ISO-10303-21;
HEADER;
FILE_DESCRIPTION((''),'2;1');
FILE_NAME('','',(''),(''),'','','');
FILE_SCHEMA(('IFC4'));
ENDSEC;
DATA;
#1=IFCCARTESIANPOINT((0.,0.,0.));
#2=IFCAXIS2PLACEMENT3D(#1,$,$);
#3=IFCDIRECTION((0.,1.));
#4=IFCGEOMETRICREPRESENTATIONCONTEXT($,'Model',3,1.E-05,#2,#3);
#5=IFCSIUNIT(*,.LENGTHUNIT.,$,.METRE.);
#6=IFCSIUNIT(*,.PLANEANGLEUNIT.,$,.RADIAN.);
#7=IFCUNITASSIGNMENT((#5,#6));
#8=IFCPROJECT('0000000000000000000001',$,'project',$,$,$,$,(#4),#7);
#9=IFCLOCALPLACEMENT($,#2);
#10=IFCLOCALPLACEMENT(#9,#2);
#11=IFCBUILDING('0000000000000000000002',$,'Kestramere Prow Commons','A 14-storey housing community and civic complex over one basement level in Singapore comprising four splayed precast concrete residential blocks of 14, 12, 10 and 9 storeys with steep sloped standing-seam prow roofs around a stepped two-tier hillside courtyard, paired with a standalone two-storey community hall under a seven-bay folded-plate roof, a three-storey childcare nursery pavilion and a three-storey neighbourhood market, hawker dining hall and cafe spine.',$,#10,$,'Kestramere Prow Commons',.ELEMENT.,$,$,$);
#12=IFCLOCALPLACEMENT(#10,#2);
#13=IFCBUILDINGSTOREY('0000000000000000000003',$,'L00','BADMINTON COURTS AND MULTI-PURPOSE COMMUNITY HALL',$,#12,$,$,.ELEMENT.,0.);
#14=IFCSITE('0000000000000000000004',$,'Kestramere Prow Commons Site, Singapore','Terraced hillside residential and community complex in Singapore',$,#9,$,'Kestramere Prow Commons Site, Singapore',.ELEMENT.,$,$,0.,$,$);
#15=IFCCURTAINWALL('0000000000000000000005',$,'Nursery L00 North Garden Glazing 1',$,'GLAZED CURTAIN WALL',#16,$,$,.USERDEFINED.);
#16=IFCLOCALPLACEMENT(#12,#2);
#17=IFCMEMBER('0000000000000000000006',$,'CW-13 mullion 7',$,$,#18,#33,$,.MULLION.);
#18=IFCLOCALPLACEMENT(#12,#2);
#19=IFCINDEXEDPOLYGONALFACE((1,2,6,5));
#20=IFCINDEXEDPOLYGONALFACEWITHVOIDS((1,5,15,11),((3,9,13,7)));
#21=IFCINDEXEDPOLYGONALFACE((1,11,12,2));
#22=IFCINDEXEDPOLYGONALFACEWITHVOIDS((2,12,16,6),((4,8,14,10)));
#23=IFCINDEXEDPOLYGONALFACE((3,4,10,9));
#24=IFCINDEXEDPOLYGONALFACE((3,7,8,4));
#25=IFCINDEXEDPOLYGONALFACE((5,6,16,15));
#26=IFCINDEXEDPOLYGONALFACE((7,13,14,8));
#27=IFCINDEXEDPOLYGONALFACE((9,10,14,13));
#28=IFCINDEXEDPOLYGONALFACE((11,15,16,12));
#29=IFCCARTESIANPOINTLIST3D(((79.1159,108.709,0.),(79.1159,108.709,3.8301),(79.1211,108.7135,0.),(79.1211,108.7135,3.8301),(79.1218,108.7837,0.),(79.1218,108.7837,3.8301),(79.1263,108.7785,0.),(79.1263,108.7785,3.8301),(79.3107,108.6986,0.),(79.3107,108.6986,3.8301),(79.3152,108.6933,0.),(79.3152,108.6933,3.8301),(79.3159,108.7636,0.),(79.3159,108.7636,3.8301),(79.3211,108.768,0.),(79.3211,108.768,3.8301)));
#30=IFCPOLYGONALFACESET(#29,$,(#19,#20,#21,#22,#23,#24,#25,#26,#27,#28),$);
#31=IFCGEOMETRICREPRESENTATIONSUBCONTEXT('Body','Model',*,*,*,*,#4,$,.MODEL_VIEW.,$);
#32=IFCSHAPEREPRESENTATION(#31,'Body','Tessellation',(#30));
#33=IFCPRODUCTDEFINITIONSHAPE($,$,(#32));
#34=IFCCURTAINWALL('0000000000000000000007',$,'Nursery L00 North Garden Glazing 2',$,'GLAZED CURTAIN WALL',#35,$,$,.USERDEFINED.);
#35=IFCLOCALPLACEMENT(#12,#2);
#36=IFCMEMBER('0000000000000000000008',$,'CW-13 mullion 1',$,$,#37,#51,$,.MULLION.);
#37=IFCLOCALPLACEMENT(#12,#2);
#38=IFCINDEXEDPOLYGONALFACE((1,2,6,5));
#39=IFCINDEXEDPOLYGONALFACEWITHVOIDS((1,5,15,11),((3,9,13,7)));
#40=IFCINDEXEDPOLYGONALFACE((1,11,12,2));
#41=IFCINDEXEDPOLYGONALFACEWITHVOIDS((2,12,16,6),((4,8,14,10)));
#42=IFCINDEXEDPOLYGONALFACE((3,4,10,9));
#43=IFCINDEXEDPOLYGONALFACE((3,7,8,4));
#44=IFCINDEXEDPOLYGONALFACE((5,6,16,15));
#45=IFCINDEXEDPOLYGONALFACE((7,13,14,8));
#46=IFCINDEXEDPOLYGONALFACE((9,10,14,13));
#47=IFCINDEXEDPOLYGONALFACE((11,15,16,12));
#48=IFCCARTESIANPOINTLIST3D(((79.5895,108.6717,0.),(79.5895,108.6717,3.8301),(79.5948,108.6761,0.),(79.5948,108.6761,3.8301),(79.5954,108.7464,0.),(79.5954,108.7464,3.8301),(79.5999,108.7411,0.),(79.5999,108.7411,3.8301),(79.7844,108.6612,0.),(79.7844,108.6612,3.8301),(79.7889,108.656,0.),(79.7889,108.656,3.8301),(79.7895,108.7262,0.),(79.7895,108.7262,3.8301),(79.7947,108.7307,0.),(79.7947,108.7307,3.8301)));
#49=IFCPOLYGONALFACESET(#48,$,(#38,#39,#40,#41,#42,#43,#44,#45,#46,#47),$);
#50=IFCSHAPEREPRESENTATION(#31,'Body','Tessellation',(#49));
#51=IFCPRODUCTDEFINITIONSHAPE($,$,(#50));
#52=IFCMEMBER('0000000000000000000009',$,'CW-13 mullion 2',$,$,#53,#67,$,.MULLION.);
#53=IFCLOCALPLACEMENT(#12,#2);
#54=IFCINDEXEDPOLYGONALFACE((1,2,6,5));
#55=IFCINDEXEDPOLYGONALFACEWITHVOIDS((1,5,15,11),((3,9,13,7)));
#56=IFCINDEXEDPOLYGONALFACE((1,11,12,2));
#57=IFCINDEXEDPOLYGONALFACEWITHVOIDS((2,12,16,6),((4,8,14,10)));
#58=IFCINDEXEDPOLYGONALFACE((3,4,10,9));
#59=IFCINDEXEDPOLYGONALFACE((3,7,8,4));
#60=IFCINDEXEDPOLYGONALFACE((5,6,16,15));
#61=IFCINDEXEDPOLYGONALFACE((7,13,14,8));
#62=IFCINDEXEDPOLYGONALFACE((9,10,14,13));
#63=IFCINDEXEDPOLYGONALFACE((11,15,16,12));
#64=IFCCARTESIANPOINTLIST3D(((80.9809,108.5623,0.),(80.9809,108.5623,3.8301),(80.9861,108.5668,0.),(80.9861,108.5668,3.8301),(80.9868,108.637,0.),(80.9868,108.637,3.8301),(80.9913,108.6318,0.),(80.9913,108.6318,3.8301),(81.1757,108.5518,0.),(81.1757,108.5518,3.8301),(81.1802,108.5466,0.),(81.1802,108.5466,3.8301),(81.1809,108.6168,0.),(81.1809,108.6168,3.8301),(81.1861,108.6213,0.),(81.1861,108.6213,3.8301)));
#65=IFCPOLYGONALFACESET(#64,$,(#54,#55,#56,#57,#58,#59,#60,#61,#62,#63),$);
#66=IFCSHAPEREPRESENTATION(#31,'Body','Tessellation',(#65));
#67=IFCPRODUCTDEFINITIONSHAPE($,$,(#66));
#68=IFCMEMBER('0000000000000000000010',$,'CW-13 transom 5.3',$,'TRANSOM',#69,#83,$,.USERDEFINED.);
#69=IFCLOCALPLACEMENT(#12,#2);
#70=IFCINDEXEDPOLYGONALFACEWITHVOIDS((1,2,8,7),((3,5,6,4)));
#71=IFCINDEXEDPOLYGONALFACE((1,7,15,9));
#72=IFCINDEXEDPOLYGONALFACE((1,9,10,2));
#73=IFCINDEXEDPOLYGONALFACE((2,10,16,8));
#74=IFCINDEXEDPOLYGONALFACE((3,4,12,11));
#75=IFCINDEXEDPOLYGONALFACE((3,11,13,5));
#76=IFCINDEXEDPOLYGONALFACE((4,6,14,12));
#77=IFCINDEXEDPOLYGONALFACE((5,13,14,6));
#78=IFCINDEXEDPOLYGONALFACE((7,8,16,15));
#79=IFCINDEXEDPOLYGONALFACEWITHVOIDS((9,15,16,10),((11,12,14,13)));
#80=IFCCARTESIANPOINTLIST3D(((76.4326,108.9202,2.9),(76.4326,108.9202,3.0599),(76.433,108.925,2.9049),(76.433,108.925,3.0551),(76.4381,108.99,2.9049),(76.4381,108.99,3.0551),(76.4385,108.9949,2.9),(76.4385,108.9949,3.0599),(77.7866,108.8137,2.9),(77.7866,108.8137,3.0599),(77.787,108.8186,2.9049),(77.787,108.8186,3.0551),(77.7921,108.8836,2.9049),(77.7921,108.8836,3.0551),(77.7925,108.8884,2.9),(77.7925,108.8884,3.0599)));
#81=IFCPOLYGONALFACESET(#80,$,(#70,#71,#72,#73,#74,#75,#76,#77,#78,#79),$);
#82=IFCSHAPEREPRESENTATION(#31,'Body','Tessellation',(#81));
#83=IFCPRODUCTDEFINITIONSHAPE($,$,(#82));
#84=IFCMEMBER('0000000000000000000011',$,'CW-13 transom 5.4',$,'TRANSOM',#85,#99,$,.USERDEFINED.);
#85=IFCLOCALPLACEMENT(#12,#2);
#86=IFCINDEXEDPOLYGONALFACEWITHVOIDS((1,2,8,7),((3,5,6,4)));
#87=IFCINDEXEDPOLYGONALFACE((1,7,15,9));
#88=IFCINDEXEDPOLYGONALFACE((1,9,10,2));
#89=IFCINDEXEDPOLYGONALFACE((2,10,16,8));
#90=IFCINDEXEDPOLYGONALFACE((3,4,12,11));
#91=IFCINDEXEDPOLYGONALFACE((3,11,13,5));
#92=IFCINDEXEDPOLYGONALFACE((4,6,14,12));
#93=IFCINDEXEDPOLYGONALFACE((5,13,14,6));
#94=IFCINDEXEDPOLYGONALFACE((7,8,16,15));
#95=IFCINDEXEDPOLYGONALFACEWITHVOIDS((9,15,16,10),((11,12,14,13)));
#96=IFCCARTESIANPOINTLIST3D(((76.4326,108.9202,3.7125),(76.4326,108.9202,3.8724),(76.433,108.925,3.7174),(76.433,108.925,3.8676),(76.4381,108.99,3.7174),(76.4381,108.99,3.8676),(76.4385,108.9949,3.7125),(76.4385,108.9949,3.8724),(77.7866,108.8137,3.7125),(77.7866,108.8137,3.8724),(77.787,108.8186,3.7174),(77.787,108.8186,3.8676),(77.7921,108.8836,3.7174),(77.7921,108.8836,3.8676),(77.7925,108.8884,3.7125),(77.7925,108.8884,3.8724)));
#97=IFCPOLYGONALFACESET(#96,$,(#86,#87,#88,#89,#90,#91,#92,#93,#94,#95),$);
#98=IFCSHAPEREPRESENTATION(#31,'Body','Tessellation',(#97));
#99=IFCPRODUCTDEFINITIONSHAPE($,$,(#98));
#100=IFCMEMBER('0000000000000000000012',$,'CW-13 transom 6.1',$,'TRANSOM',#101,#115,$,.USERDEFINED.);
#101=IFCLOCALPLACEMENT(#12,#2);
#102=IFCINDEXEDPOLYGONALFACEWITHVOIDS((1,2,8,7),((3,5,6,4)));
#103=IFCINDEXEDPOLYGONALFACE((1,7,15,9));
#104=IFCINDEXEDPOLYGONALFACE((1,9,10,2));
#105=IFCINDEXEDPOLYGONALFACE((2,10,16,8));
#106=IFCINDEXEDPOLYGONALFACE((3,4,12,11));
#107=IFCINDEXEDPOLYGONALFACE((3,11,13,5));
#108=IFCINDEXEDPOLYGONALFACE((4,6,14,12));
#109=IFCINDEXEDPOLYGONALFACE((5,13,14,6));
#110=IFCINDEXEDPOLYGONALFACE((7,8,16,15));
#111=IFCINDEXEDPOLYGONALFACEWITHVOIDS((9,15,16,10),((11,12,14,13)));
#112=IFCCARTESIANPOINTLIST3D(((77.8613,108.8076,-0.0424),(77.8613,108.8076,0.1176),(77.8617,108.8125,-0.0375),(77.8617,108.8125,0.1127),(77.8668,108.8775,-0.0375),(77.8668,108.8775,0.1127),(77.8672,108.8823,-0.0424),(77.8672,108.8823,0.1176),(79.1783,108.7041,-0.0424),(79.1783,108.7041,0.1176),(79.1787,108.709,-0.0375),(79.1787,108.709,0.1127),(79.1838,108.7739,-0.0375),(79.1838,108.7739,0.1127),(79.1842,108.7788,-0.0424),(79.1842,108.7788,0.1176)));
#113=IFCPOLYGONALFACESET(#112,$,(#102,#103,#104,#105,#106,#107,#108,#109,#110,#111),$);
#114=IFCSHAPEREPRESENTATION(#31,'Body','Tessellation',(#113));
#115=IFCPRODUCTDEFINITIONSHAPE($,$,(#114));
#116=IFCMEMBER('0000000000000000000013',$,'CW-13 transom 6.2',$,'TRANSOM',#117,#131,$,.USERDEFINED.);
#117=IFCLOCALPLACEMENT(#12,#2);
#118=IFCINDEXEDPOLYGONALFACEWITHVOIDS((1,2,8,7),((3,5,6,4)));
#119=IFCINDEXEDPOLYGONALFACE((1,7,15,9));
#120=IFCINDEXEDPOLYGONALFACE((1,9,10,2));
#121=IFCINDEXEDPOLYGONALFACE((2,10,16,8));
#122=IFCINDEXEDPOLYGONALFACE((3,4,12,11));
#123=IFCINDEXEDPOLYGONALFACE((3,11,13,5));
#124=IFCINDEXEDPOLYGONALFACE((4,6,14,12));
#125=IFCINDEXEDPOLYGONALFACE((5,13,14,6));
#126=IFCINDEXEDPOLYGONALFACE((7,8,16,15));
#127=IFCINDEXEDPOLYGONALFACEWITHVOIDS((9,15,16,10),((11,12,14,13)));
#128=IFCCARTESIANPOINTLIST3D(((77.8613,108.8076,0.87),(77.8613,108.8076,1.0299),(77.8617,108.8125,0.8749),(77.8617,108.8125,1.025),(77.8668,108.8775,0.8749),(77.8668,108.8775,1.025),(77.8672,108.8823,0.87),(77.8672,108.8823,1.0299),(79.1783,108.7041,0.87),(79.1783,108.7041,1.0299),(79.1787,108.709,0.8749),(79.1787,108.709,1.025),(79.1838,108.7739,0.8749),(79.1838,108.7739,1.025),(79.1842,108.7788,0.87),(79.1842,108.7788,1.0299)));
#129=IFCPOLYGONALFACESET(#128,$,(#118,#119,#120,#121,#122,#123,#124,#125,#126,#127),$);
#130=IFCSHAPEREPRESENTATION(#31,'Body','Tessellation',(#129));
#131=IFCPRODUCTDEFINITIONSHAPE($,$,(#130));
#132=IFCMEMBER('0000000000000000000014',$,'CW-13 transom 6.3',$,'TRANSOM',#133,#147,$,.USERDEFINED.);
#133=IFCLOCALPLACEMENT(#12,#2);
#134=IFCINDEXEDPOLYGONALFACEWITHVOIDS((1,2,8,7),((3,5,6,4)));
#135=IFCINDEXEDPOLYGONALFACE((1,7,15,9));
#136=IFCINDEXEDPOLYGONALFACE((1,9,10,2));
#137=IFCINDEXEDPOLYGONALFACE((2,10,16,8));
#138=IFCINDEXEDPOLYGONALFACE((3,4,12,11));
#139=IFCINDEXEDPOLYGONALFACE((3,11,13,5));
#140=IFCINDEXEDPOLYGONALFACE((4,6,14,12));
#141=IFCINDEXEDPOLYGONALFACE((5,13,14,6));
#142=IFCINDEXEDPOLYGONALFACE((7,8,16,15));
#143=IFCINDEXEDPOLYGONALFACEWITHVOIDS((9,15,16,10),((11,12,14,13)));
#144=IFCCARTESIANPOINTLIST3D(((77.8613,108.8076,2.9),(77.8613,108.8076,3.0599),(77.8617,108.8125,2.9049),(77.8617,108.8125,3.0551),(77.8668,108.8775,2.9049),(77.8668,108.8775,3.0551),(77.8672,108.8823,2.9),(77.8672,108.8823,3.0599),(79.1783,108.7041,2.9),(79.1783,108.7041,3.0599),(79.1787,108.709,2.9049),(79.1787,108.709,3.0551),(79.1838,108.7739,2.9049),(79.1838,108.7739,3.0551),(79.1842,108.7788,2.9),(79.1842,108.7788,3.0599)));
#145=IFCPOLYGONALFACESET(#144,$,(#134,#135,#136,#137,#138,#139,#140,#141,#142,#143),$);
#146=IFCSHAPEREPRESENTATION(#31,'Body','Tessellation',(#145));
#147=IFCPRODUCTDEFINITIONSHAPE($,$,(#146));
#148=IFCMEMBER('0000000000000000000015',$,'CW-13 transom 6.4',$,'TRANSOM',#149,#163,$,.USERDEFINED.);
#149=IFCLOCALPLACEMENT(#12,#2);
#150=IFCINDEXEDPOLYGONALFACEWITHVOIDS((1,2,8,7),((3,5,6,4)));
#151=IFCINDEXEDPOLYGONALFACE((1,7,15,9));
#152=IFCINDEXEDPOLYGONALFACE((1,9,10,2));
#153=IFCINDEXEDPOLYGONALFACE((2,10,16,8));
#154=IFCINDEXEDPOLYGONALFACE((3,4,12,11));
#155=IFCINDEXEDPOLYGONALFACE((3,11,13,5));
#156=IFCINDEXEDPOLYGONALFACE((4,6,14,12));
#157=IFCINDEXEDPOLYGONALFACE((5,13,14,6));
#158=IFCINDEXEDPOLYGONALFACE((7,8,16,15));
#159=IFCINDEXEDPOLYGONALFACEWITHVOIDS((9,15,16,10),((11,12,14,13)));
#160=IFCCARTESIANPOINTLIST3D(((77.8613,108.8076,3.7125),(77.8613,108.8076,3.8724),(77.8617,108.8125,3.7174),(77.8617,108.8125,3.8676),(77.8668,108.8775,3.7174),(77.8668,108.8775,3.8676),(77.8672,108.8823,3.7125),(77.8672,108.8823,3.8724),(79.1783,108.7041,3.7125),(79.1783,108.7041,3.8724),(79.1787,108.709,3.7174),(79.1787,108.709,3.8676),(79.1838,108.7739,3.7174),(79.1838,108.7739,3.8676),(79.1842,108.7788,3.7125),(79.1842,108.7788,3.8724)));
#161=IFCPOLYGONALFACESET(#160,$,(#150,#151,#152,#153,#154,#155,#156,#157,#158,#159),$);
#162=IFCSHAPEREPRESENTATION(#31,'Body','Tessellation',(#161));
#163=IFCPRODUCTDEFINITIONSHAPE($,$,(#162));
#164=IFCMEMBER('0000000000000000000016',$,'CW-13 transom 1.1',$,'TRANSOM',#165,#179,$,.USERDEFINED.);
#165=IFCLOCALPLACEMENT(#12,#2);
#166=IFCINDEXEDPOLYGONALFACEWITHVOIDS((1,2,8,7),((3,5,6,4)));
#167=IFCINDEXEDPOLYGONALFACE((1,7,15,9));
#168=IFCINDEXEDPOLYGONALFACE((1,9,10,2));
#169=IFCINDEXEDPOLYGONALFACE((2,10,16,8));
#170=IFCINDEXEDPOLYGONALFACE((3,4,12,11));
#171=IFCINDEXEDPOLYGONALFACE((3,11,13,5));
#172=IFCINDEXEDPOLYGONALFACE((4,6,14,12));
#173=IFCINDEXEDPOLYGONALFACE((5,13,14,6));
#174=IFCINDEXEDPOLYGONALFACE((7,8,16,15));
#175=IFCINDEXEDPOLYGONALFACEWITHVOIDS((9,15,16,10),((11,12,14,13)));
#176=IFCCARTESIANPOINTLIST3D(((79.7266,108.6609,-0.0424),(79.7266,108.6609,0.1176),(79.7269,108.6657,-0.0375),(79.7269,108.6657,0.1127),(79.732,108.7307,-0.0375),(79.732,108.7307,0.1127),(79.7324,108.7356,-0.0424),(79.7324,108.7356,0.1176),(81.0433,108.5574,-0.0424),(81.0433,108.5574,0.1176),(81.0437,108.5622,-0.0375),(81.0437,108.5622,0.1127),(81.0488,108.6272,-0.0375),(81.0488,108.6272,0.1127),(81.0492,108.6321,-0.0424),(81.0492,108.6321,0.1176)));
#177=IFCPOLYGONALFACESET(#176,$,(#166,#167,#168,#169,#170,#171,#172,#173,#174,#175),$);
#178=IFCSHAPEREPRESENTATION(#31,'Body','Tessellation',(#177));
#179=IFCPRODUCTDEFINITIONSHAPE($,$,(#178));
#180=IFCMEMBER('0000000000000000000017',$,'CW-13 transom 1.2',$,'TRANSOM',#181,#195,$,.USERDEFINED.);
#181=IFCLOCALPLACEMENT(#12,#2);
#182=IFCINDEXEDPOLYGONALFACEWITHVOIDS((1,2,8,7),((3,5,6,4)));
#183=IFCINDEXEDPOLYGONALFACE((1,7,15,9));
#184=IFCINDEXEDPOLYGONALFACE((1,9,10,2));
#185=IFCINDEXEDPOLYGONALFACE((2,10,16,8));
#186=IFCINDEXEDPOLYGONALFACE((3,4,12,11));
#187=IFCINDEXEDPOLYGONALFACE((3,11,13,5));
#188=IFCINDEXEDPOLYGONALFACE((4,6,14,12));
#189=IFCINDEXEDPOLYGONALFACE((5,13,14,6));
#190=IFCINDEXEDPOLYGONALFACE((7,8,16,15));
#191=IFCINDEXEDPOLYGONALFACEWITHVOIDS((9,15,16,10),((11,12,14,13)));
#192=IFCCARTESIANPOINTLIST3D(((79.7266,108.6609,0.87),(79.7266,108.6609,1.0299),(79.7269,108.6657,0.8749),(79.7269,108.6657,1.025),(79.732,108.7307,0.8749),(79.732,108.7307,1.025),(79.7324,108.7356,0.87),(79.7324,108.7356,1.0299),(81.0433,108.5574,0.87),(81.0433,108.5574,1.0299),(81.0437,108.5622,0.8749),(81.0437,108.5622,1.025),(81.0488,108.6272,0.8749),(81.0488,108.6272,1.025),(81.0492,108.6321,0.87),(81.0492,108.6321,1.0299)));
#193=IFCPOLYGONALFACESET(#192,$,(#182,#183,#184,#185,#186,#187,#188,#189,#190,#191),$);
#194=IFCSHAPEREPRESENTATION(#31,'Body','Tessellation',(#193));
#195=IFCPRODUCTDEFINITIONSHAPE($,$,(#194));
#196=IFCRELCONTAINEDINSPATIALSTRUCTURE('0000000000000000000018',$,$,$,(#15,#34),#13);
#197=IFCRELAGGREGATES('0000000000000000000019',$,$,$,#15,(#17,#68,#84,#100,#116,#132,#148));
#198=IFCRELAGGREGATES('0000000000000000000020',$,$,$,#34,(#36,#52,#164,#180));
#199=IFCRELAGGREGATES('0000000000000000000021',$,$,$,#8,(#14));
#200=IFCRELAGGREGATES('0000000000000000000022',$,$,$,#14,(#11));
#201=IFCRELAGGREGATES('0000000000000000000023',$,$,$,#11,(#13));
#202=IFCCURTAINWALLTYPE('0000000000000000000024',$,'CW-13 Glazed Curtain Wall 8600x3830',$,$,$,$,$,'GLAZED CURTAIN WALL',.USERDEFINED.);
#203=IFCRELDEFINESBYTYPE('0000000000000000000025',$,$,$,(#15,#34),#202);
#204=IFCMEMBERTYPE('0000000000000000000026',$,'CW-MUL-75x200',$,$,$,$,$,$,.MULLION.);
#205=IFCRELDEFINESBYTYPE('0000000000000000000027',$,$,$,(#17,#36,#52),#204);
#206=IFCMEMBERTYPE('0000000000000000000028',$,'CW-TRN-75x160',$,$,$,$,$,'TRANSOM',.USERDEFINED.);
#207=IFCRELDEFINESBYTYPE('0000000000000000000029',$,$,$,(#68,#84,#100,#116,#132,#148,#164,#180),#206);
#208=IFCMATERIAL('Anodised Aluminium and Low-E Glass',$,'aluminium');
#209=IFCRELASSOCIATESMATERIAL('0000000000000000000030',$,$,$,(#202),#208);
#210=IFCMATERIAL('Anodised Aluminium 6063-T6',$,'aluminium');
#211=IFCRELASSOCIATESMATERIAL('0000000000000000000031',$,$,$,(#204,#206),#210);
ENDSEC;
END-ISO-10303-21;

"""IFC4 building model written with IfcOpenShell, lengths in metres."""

from ifc_helpers import new_model, si_unit, direction, frame, origin, origin_2d, place, context, subcontext, project, spatial, hollow_rectangle, extrude, material, material_profile, profile_set, type_object, element, aggregate, save


model = new_model("IFC4")

# Units and contexts
model_context = context("Model", 3, precision=1e-05, world=origin(), true_north=direction((0.0, 1.0)))
body_context = subcontext(model_context, "Body", "Model", "MODEL_VIEW")
ifc_project = project(units=[si_unit("LENGTHUNIT", "METRE"), si_unit("PLANEANGLEUNIT", "RADIAN")], contexts=[model_context])

# Site, building, storey
site_placement = place(None, origin())
site = spatial("IfcSite", under=ifc_project, at=site_placement, Name="Kestramere Prow Commons Site, Singapore", Description="Terraced hillside residential and community complex in Singapore", LongName="Kestramere Prow Commons Site, Singapore", CompositionType="ELEMENT", RefElevation=0.0)
building_placement = place(site_placement, origin())
building = spatial("IfcBuilding", under=site, at=building_placement, Name="Kestramere Prow Commons", Description="A 14-storey housing community and civic complex over one basement level in Singapore comprising four splayed precast concrete residential blocks of 14, 12, 10 and 9 storeys with steep sloped standing-seam prow roofs around a stepped two-tier hillside courtyard, paired with a standalone two-storey community hall under a seven-bay folded-plate roof, a three-storey childcare nursery pavilion and a three-storey neighbourhood market, hawker dining hall and cafe spine.", LongName="Kestramere Prow Commons", CompositionType="ELEMENT")
storey_placement = place(building_placement, origin())
storey = spatial("IfcBuildingStorey", under=building, at=storey_placement, Name="L00", Description="BADMINTON COURTS AND MULTI-PURPOSE COMMUNITY HALL", CompositionType="ELEMENT", Elevation=0.0)

# Curtain walls, members
ifc_material_1 = material(Name="Anodised Aluminium and Low-E Glass", Category="aluminium")
curtain_wall_type = type_object("IfcCurtainWallType", Name="CW-13 Glazed Curtain Wall 8600x3830", ElementType="GLAZED CURTAIN WALL", PredefinedType="USERDEFINED", material=ifc_material_1)
curtain_wall_1_placement = place(storey_placement, origin())
curtain_wall_1 = element("IfcCurtainWall", 1, at=curtain_wall_1_placement, inside=storey, type_object=curtain_wall_type, Name="Nursery L00 North Garden Glazing 1", ObjectType="GLAZED CURTAIN WALL", PredefinedType="USERDEFINED")
ifc_material_2 = material(Name="Anodised Aluminium 6063-T6", Category="aluminium")
ifc_material_profile_1 = material_profile(ifc_material_2, hollow_rectangle(XDim=0.075, YDim=0.2, WallThickness=0.0049, at=origin_2d()), Name="ALU-MUL 75x200")
ifc_profile_set_1 = profile_set([ifc_material_profile_1], Name="Anodised Aluminium 6063-T6")
member_type_1 = type_object("IfcMemberType", Name="CW-MUL-75x200", PredefinedType="MULLION", material=ifc_profile_set_1)
member_1_placement = place(storey_placement, frame((79.2185, 108.7385, 0.0), z_axis=(0.0, 0.0, 1.0), x_axis=(0.078459, 0.996917, 0.0)))
member_1 = element("IfcMember", 2, at=member_1_placement, type_object=member_type_1, Name="CW-13 mullion 7", PredefinedType="MULLION", context=body_context, shape_type="SweptSolid", body=[
    extrude(hollow_rectangle(XDim=0.075, YDim=0.2, WallThickness=0.0049, at=origin_2d()), origin(), (0.0, 0.0, 1.0), 3.8301),
])
curtain_wall_2_placement = place(storey_placement, origin())
curtain_wall_2 = element("IfcCurtainWall", 3, at=curtain_wall_2_placement, inside=storey, type_object=curtain_wall_type, Name="Nursery L00 North Garden Glazing 2", ObjectType="GLAZED CURTAIN WALL", PredefinedType="USERDEFINED")
member_2_placement = place(storey_placement, frame((79.6921, 108.7012, 0.0), z_axis=(0.0, 0.0, 1.0), x_axis=(0.078459, 0.996917, 0.0)))
member_2 = element("IfcMember", 4, at=member_2_placement, type_object=member_type_1, Name="CW-13 mullion 1", PredefinedType="MULLION", context=body_context, shape_type="SweptSolid", body=[
    extrude(hollow_rectangle(XDim=0.075, YDim=0.2, WallThickness=0.0049, at=origin_2d()), origin(), (0.0, 0.0, 1.0), 3.8301),
])
member_3_placement = place(storey_placement, frame((81.0835, 108.5918, 0.0), z_axis=(0.0, 0.0, 1.0), x_axis=(0.078459, 0.996917, 0.0)))
member_3 = element("IfcMember", 5, at=member_3_placement, type_object=member_type_1, Name="CW-13 mullion 2", PredefinedType="MULLION", context=body_context, shape_type="SweptSolid", body=[
    extrude(hollow_rectangle(XDim=0.075, YDim=0.2, WallThickness=0.0049, at=origin_2d()), origin(), (0.0, 0.0, 1.0), 3.8301),
])

# Members
ifc_material_profile_2 = material_profile(ifc_material_2, hollow_rectangle(XDim=0.075, YDim=0.1599, WallThickness=0.0049, at=origin_2d()), Name="ALU-TRN 75x160")
ifc_profile_set_2 = profile_set([ifc_material_profile_2], Name="Anodised Aluminium 6063-T6")
member_type_2 = type_object("IfcMemberType", Name="CW-TRN-75x160", ElementType="TRANSOM", PredefinedType="USERDEFINED", material=ifc_profile_set_2)
member_4_placement = place(storey_placement, frame((76.4355, 108.9575, 2.98), z_axis=(0.996924, -0.078373, 0.0), x_axis=(0.078373, 0.996924, 0.0)))
member_4 = element("IfcMember", 6, at=member_4_placement, type_object=member_type_2, Name="CW-13 transom 5.3", ObjectType="TRANSOM", PredefinedType="USERDEFINED", context=body_context, shape_type="SweptSolid", body=[
    extrude(hollow_rectangle(XDim=0.075, YDim=0.1599, WallThickness=0.0049, at=origin_2d()), origin(), (0.0, 0.0, 1.0), 1.3582),
])
member_5_placement = place(storey_placement, frame((76.4355, 108.9575, 3.7925), z_axis=(0.996924, -0.078373, 0.0), x_axis=(0.078373, 0.996924, 0.0)))
member_5 = element("IfcMember", 7, at=member_5_placement, type_object=member_type_2, Name="CW-13 transom 5.4", ObjectType="TRANSOM", PredefinedType="USERDEFINED", context=body_context, shape_type="SweptSolid", body=[
    extrude(hollow_rectangle(XDim=0.075, YDim=0.1599, WallThickness=0.0049, at=origin_2d()), origin(), (0.0, 0.0, 1.0), 1.3582),
])
member_6_placement = place(storey_placement, frame((77.8643, 108.845, 0.0376), z_axis=(0.996925, -0.078364, 0.0), x_axis=(0.078364, 0.996925, 0.0)))
member_6 = element("IfcMember", 8, at=member_6_placement, type_object=member_type_2, Name="CW-13 transom 6.1", ObjectType="TRANSOM", PredefinedType="USERDEFINED", context=body_context, shape_type="SweptSolid", body=[
    extrude(hollow_rectangle(XDim=0.075, YDim=0.1599, WallThickness=0.0049, at=origin_2d()), origin(), (0.0, 0.0, 1.0), 1.321),
])
member_7_placement = place(storey_placement, frame((77.8643, 108.845, 0.95), z_axis=(0.996925, -0.078364, 0.0), x_axis=(0.078364, 0.996925, 0.0)))
member_7 = element("IfcMember", 9, at=member_7_placement, type_object=member_type_2, Name="CW-13 transom 6.2", ObjectType="TRANSOM", PredefinedType="USERDEFINED", context=body_context, shape_type="SweptSolid", body=[
    extrude(hollow_rectangle(XDim=0.075, YDim=0.1599, WallThickness=0.0049, at=origin_2d()), origin(), (0.0, 0.0, 1.0), 1.321),
])
member_8_placement = place(storey_placement, frame((77.8643, 108.845, 2.98), z_axis=(0.996925, -0.078364, 0.0), x_axis=(0.078364, 0.996925, 0.0)))
member_8 = element("IfcMember", 10, at=member_8_placement, type_object=member_type_2, Name="CW-13 transom 6.3", ObjectType="TRANSOM", PredefinedType="USERDEFINED", context=body_context, shape_type="SweptSolid", body=[
    extrude(hollow_rectangle(XDim=0.075, YDim=0.1599, WallThickness=0.0049, at=origin_2d()), origin(), (0.0, 0.0, 1.0), 1.321),
])
member_9_placement = place(storey_placement, frame((77.8643, 108.845, 3.7925), z_axis=(0.996925, -0.078364, 0.0), x_axis=(0.078364, 0.996925, 0.0)))
member_9 = element("IfcMember", 11, at=member_9_placement, type_object=member_type_2, Name="CW-13 transom 6.4", ObjectType="TRANSOM", PredefinedType="USERDEFINED", context=body_context, shape_type="SweptSolid", body=[
    extrude(hollow_rectangle(XDim=0.075, YDim=0.1599, WallThickness=0.0049, at=origin_2d()), origin(), (0.0, 0.0, 1.0), 1.321),
])
member_10_placement = place(storey_placement, frame((79.7295, 108.6982, 0.0376), z_axis=(0.996924, -0.078379, 0.0), x_axis=(0.078379, 0.996924, 0.0)))
member_10 = element("IfcMember", 12, at=member_10_placement, type_object=member_type_2, Name="CW-13 transom 1.1", ObjectType="TRANSOM", PredefinedType="USERDEFINED", context=body_context, shape_type="SweptSolid", body=[
    extrude(hollow_rectangle(XDim=0.075, YDim=0.1599, WallThickness=0.0049, at=origin_2d()), origin(), (0.0, 0.0, 1.0), 1.3208),
])
member_11_placement = place(storey_placement, frame((79.7295, 108.6982, 0.95), z_axis=(0.996924, -0.078379, 0.0), x_axis=(0.078379, 0.996924, 0.0)))
member_11 = element("IfcMember", 13, at=member_11_placement, type_object=member_type_2, Name="CW-13 transom 1.2", ObjectType="TRANSOM", PredefinedType="USERDEFINED", context=body_context, shape_type="SweptSolid", body=[
    extrude(hollow_rectangle(XDim=0.075, YDim=0.1599, WallThickness=0.0049, at=origin_2d()), origin(), (0.0, 0.0, 1.0), 1.3208),
])

aggregate(curtain_wall_1, [member_1, member_4, member_5, member_6, member_7, member_8, member_9])
aggregate(curtain_wall_2, [member_2, member_3, member_10, member_11])

save(model, "model.ifc")
